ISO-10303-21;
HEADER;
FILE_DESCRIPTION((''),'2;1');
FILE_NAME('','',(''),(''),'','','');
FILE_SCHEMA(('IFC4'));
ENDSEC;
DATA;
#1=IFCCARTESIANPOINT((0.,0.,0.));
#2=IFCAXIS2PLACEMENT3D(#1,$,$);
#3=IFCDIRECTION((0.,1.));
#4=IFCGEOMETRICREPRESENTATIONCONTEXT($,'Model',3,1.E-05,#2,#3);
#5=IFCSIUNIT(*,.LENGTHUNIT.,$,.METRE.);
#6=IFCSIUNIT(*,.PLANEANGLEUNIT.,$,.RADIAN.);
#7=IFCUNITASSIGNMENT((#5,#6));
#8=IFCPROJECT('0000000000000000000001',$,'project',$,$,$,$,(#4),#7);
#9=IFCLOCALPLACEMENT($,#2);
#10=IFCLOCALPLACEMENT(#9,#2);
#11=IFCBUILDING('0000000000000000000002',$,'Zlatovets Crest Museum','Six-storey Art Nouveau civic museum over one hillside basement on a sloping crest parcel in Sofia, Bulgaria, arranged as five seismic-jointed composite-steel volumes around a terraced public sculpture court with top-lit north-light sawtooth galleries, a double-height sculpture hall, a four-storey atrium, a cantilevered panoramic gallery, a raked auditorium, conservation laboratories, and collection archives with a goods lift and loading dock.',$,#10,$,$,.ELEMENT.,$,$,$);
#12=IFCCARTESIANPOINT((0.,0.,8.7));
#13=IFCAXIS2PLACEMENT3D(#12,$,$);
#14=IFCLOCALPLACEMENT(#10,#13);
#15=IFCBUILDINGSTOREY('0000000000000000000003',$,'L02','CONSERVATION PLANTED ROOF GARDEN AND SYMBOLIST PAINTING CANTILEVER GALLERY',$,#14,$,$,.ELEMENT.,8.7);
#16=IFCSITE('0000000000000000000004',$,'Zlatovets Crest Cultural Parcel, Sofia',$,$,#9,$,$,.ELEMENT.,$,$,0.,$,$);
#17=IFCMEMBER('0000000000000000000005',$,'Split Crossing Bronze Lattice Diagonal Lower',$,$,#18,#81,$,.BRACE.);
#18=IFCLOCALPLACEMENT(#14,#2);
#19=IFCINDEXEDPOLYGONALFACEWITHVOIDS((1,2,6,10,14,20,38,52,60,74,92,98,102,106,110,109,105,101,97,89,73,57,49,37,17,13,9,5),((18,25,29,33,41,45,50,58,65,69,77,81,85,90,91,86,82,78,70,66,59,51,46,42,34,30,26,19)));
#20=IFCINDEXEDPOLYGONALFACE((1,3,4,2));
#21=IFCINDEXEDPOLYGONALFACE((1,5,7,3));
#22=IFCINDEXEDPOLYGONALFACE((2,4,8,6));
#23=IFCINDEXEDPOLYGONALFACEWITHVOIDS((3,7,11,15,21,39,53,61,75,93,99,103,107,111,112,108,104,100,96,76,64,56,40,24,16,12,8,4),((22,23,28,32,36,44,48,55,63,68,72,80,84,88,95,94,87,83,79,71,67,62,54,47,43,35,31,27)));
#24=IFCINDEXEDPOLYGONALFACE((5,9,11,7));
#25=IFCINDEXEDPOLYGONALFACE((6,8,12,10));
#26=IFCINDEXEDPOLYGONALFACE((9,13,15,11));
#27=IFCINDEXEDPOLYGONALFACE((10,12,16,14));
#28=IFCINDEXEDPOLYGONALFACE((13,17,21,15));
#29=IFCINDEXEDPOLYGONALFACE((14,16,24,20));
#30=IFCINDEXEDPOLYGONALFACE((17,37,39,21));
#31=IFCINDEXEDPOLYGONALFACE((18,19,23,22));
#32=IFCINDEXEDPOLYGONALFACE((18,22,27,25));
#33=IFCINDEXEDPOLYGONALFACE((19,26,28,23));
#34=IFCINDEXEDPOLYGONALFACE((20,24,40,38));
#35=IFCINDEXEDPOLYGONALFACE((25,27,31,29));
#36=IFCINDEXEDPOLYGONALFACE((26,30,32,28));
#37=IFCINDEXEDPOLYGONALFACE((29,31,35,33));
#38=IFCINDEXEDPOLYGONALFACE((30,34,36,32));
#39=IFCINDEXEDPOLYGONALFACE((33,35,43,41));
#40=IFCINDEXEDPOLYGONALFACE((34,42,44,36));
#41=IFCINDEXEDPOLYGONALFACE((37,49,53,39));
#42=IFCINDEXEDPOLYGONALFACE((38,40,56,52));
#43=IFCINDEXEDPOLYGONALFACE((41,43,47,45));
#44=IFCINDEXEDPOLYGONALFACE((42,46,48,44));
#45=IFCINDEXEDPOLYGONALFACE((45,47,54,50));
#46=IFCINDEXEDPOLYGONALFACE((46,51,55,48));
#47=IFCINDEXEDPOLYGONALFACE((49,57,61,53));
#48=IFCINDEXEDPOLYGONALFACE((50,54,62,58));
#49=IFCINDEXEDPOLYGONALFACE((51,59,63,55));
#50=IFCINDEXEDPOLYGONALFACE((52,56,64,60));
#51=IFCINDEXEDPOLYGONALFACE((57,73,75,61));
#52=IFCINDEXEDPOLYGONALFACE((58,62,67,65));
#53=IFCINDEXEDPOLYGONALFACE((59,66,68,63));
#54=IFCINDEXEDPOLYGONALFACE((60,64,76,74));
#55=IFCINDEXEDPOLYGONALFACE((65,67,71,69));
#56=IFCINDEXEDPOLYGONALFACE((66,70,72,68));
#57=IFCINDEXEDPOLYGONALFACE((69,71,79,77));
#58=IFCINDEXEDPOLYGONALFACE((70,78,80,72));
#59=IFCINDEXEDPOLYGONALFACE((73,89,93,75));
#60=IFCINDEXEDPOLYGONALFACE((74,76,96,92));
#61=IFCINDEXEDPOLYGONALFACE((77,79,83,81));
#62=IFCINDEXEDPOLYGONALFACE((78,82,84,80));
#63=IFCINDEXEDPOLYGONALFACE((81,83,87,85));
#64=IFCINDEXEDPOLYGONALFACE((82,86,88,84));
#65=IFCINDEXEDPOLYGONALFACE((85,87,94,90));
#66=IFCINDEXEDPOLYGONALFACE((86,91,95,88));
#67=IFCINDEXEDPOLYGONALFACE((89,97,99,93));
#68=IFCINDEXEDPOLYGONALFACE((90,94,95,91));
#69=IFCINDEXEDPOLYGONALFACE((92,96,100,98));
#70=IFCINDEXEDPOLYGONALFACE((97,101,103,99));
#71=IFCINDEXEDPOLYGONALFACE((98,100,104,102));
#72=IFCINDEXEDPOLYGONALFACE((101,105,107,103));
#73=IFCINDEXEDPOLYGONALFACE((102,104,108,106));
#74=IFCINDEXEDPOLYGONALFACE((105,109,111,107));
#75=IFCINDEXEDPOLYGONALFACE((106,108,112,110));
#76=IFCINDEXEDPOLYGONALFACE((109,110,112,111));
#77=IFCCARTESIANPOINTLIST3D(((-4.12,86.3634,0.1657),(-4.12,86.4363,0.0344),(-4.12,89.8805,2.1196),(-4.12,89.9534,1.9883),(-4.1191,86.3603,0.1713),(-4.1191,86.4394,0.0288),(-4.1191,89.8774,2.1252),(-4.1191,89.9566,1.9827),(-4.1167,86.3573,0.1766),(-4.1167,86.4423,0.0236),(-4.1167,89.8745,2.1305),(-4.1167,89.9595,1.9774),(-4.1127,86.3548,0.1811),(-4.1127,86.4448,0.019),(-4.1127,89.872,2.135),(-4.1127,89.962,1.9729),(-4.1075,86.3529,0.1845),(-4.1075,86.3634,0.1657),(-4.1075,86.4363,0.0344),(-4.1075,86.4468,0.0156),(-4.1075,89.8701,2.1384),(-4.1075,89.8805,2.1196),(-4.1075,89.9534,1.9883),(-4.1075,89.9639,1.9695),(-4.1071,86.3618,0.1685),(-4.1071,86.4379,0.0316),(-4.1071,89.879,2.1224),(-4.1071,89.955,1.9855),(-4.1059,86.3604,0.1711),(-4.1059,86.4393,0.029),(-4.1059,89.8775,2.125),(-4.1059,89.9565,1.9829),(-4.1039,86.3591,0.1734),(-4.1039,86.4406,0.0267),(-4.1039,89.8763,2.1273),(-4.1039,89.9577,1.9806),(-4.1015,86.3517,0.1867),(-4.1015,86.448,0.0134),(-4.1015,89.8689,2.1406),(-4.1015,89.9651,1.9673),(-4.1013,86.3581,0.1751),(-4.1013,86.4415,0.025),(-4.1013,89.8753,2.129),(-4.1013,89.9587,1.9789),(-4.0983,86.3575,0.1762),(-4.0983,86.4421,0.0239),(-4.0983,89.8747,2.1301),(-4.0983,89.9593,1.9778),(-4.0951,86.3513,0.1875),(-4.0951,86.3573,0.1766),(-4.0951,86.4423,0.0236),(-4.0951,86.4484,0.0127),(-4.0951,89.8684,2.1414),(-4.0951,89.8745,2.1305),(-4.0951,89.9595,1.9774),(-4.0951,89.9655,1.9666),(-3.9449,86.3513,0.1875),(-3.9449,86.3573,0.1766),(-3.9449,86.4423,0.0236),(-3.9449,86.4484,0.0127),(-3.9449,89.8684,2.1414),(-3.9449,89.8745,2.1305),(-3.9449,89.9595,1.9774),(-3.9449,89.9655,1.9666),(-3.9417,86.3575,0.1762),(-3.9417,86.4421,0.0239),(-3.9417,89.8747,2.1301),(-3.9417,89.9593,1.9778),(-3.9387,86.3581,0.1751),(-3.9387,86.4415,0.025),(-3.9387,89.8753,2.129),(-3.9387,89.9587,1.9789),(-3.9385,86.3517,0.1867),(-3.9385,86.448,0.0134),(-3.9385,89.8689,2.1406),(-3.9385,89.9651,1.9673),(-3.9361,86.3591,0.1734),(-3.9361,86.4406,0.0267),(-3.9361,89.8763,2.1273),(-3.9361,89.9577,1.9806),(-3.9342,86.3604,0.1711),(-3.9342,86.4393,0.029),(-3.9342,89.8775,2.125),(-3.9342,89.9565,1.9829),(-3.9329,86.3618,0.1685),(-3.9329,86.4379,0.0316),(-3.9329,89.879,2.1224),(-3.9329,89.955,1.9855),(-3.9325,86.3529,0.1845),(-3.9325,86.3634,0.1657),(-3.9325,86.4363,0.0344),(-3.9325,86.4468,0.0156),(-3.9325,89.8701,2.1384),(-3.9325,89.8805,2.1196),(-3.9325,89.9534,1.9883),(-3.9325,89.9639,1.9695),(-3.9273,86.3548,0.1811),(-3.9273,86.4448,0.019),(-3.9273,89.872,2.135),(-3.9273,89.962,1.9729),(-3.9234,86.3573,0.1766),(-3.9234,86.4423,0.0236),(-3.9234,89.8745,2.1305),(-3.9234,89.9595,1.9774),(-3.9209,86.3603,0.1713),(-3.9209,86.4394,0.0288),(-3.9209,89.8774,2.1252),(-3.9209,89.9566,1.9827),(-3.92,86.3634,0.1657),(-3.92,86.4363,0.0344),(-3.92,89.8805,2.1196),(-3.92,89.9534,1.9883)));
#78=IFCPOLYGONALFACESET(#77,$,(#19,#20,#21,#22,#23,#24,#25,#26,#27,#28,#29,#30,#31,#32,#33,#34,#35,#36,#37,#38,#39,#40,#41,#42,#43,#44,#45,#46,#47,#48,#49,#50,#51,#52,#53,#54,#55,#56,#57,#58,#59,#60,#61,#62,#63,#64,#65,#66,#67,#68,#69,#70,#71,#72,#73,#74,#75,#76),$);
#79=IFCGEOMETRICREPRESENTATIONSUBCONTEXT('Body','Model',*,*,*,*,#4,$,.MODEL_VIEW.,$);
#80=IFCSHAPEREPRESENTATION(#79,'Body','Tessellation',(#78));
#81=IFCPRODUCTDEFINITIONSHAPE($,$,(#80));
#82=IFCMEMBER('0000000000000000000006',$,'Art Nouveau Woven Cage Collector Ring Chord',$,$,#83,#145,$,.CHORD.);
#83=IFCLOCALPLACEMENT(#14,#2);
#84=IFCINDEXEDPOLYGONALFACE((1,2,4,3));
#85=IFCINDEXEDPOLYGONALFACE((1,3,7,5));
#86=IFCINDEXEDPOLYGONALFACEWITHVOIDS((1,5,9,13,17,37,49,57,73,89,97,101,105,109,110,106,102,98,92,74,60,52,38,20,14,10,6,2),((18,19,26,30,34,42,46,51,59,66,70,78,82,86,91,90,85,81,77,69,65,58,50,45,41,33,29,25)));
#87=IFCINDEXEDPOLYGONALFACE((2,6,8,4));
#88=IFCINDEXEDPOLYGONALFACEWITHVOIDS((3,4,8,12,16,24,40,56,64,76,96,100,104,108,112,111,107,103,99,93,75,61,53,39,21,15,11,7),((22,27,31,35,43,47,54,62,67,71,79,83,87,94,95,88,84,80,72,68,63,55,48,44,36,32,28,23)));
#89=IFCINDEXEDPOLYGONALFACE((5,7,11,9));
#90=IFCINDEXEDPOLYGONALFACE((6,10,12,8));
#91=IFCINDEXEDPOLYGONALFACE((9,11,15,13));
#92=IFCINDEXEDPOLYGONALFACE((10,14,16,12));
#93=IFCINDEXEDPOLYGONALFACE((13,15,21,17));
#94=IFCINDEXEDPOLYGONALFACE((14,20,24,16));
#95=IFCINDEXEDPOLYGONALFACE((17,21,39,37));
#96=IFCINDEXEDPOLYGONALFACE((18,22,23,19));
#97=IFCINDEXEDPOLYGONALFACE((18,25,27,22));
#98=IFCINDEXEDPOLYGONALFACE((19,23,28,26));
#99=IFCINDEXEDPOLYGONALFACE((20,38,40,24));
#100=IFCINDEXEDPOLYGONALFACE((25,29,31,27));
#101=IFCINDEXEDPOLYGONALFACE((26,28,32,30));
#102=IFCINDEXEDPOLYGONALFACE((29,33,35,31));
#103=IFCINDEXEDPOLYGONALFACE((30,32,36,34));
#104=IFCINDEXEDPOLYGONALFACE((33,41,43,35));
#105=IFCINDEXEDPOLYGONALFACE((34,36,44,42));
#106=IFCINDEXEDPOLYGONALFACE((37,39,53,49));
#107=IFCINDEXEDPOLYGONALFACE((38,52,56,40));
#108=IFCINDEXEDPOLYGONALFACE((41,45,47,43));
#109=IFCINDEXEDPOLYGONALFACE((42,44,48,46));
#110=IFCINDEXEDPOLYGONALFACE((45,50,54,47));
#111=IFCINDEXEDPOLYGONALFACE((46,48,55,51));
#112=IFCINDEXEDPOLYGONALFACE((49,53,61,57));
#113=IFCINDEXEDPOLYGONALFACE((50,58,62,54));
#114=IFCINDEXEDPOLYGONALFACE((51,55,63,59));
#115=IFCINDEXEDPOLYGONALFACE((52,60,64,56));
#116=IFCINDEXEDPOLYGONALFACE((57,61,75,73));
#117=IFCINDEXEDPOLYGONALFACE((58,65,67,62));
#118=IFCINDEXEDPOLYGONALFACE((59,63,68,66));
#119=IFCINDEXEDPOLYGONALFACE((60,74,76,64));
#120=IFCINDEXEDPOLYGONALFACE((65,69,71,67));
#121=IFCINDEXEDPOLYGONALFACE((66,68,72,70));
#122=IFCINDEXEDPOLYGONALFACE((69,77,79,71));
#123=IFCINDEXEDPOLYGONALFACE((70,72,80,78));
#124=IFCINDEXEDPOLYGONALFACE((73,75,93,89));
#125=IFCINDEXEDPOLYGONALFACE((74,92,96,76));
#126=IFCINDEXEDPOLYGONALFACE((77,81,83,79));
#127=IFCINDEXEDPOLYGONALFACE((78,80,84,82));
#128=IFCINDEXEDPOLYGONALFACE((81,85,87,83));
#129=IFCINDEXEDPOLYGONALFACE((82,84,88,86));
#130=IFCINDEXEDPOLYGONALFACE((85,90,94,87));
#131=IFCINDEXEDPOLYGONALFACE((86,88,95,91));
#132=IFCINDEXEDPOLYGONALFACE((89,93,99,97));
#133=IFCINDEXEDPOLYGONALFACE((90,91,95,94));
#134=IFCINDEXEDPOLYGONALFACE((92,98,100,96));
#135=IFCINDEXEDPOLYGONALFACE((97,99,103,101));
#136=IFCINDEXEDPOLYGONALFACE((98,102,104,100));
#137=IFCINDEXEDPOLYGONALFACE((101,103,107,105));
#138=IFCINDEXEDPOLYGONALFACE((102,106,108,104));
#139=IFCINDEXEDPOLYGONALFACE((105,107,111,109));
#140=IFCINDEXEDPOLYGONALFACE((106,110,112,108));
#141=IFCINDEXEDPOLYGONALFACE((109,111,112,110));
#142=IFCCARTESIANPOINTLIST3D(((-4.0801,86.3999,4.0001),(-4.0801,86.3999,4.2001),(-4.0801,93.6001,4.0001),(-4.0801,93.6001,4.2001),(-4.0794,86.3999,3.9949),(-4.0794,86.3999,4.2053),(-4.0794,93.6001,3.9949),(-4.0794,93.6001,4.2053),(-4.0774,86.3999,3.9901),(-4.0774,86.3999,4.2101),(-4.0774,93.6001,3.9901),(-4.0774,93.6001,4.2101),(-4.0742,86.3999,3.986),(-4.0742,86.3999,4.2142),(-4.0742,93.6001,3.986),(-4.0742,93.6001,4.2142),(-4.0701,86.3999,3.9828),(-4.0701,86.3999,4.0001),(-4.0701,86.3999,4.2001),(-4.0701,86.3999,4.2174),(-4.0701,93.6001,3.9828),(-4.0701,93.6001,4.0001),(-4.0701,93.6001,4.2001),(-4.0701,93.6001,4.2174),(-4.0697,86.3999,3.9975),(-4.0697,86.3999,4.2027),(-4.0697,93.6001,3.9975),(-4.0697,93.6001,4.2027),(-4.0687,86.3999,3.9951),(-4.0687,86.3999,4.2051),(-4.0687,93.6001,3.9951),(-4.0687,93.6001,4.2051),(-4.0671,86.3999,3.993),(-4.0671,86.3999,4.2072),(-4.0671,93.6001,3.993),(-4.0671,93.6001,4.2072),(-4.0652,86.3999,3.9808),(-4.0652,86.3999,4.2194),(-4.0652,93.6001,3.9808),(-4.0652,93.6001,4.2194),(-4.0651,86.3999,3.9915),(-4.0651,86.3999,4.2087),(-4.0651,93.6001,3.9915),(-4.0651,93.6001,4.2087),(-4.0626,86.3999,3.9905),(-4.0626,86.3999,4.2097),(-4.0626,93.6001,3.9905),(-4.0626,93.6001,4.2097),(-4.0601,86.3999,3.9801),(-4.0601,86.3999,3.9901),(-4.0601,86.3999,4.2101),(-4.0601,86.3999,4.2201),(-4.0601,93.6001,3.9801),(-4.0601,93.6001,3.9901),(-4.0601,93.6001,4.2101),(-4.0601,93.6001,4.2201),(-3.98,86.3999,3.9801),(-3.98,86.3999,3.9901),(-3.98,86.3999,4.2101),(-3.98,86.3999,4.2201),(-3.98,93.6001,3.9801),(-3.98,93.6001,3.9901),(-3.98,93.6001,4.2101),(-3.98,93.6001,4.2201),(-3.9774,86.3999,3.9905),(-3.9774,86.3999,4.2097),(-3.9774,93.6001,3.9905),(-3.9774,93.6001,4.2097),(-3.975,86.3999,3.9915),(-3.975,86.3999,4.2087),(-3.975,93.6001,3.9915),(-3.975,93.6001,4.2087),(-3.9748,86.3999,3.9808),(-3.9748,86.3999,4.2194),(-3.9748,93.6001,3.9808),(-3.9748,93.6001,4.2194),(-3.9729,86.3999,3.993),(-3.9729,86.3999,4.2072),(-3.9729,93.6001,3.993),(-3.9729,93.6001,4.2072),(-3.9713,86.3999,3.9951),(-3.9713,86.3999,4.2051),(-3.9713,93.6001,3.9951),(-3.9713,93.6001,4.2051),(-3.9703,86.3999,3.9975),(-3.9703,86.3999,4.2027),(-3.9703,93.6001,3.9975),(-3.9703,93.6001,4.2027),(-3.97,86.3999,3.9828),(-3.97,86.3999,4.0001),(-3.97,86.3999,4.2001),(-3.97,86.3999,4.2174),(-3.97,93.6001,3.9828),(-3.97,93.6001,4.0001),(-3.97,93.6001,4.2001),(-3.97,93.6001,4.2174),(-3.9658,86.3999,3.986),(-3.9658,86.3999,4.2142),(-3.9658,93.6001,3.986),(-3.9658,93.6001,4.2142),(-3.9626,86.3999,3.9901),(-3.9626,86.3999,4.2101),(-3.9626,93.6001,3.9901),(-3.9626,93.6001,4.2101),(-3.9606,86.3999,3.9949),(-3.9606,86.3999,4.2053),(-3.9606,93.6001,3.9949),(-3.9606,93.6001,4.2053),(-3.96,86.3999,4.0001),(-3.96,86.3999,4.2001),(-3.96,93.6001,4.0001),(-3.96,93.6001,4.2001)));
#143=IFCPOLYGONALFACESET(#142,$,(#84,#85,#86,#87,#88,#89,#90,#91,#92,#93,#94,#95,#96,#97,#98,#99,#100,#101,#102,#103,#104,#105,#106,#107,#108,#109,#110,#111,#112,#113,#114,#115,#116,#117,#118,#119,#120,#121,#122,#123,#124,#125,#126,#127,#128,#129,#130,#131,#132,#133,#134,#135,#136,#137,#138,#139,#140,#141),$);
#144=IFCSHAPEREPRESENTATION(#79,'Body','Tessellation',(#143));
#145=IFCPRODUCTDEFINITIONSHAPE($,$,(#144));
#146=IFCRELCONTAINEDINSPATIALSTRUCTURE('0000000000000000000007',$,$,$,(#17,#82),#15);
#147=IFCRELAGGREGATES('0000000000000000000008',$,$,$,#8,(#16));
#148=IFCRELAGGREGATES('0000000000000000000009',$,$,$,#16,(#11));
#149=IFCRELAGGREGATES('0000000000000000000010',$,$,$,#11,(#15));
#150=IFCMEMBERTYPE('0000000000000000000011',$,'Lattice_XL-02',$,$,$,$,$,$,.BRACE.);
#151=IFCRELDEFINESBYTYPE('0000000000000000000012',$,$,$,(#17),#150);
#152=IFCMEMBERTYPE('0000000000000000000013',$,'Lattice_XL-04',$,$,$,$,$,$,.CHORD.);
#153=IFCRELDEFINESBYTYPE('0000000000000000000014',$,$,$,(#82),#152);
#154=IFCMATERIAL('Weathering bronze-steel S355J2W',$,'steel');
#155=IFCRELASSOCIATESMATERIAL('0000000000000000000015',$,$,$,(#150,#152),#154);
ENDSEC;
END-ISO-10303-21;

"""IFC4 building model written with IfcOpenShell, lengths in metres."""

from ifc_helpers import new_model, si_unit, direction, frame, origin, origin_2d, place, context, subcontext, project, spatial, hollow_rectangle, extrude, material, material_profile, profile_set, type_object, element, save


model = new_model("IFC4")

# Units and contexts
model_context = context("Model", 3, precision=1e-05, world=origin(), true_north=direction((0.0, 1.0)))
body_context = subcontext(model_context, "Body", "Model", "MODEL_VIEW")
ifc_project = project(units=[si_unit("LENGTHUNIT", "METRE"), si_unit("PLANEANGLEUNIT", "RADIAN")], contexts=[model_context])

# Site, building, storey
site_placement = place(None, origin())
site = spatial("IfcSite", under=ifc_project, at=site_placement, Name="Zlatovets Crest Cultural Parcel, Sofia", CompositionType="ELEMENT", RefElevation=0.0)
building_placement = place(site_placement, origin())
building = spatial("IfcBuilding", under=site, at=building_placement, Name="Zlatovets Crest Museum", Description="Six-storey Art Nouveau civic museum over one hillside basement on a sloping crest parcel in Sofia, Bulgaria, arranged as five seismic-jointed composite-steel volumes around a terraced public sculpture court with top-lit north-light sawtooth galleries, a double-height sculpture hall, a four-storey atrium, a cantilevered panoramic gallery, a raked auditorium, conservation laboratories, and collection archives with a goods lift and loading dock.", CompositionType="ELEMENT")
storey_placement = place(building_placement, frame((0.0, 0.0, 8.7)))
storey = spatial("IfcBuildingStorey", under=building, at=storey_placement, Name="L02", Description="CONSERVATION PLANTED ROOF GARDEN AND SYMBOLIST PAINTING CANTILEVER GALLERY", CompositionType="ELEMENT", Elevation=8.7)

# Members
ifc_material_1 = material(Name="Weathering bronze-steel S355J2W", Category="steel")
ifc_material_profile_1 = material_profile(ifc_material_1, hollow_rectangle(XDim=0.2, YDim=0.2, WallThickness=0.0125, InnerFilletRadius=0.0125, OuterFilletRadius=0.0249, at=origin_2d()), Name="SHS 200x200x12.5")
ifc_profile_set_1 = profile_set([ifc_material_profile_1], Name="Weathering bronze-steel S355J2W")
member_type_1 = type_object("IfcMemberType", Name="Lattice_XL-02", PredefinedType="BRACE", material=ifc_profile_set_1)
for number, where, z_axis, x_axis, name in (
    (1, (-4.02, 89.917, 2.054), (0.0, -0.874166, -0.485627), (1.0, 0.0, 0.0), "Split Crossing Bronze Lattice Diagonal Lower"),
):
    element("IfcMember", number, at=place(storey_placement, frame(where, z_axis=z_axis, x_axis=x_axis)), inside=storey, type_object=member_type_1, Name=name, PredefinedType="BRACE", context=body_context, shape_type="SweptSolid", body=[
        extrude(hollow_rectangle(XDim=0.2, YDim=0.2, WallThickness=0.0125, InnerFilletRadius=0.0125, OuterFilletRadius=0.0249, at=origin_2d()), origin(), (0.0, 0.0, 1.0), 4.0234),
    ])
ifc_material_profile_2 = material_profile(ifc_material_1, hollow_rectangle(XDim=0.1201, YDim=0.24, WallThickness=0.01, InnerFilletRadius=0.01, OuterFilletRadius=0.02, at=origin_2d()), Name="RHS 120x240x10.0")
ifc_profile_set_2 = profile_set([ifc_material_profile_2], Name="Weathering bronze-steel S355J2W")
member_type_2 = type_object("IfcMemberType", Name="Lattice_XL-04", PredefinedType="CHORD", material=ifc_profile_set_2)
member_1_placement = place(storey_placement, frame((-4.02, 93.6001, 4.1001), z_axis=(0.0, -1.0, 0.0), x_axis=(1.0, 0.0, 0.0)))
element("IfcMember", 2, at=member_1_placement, inside=storey, type_object=member_type_2, Name="Art Nouveau Woven Cage Collector Ring Chord", PredefinedType="CHORD", context=body_context, shape_type="SweptSolid", body=[
    extrude(hollow_rectangle(XDim=0.1201, YDim=0.24, WallThickness=0.01, InnerFilletRadius=0.01, OuterFilletRadius=0.02, at=origin_2d()), origin(), (0.0, 0.0, 1.0), 7.2002),
])

save(model, "model.ifc")
